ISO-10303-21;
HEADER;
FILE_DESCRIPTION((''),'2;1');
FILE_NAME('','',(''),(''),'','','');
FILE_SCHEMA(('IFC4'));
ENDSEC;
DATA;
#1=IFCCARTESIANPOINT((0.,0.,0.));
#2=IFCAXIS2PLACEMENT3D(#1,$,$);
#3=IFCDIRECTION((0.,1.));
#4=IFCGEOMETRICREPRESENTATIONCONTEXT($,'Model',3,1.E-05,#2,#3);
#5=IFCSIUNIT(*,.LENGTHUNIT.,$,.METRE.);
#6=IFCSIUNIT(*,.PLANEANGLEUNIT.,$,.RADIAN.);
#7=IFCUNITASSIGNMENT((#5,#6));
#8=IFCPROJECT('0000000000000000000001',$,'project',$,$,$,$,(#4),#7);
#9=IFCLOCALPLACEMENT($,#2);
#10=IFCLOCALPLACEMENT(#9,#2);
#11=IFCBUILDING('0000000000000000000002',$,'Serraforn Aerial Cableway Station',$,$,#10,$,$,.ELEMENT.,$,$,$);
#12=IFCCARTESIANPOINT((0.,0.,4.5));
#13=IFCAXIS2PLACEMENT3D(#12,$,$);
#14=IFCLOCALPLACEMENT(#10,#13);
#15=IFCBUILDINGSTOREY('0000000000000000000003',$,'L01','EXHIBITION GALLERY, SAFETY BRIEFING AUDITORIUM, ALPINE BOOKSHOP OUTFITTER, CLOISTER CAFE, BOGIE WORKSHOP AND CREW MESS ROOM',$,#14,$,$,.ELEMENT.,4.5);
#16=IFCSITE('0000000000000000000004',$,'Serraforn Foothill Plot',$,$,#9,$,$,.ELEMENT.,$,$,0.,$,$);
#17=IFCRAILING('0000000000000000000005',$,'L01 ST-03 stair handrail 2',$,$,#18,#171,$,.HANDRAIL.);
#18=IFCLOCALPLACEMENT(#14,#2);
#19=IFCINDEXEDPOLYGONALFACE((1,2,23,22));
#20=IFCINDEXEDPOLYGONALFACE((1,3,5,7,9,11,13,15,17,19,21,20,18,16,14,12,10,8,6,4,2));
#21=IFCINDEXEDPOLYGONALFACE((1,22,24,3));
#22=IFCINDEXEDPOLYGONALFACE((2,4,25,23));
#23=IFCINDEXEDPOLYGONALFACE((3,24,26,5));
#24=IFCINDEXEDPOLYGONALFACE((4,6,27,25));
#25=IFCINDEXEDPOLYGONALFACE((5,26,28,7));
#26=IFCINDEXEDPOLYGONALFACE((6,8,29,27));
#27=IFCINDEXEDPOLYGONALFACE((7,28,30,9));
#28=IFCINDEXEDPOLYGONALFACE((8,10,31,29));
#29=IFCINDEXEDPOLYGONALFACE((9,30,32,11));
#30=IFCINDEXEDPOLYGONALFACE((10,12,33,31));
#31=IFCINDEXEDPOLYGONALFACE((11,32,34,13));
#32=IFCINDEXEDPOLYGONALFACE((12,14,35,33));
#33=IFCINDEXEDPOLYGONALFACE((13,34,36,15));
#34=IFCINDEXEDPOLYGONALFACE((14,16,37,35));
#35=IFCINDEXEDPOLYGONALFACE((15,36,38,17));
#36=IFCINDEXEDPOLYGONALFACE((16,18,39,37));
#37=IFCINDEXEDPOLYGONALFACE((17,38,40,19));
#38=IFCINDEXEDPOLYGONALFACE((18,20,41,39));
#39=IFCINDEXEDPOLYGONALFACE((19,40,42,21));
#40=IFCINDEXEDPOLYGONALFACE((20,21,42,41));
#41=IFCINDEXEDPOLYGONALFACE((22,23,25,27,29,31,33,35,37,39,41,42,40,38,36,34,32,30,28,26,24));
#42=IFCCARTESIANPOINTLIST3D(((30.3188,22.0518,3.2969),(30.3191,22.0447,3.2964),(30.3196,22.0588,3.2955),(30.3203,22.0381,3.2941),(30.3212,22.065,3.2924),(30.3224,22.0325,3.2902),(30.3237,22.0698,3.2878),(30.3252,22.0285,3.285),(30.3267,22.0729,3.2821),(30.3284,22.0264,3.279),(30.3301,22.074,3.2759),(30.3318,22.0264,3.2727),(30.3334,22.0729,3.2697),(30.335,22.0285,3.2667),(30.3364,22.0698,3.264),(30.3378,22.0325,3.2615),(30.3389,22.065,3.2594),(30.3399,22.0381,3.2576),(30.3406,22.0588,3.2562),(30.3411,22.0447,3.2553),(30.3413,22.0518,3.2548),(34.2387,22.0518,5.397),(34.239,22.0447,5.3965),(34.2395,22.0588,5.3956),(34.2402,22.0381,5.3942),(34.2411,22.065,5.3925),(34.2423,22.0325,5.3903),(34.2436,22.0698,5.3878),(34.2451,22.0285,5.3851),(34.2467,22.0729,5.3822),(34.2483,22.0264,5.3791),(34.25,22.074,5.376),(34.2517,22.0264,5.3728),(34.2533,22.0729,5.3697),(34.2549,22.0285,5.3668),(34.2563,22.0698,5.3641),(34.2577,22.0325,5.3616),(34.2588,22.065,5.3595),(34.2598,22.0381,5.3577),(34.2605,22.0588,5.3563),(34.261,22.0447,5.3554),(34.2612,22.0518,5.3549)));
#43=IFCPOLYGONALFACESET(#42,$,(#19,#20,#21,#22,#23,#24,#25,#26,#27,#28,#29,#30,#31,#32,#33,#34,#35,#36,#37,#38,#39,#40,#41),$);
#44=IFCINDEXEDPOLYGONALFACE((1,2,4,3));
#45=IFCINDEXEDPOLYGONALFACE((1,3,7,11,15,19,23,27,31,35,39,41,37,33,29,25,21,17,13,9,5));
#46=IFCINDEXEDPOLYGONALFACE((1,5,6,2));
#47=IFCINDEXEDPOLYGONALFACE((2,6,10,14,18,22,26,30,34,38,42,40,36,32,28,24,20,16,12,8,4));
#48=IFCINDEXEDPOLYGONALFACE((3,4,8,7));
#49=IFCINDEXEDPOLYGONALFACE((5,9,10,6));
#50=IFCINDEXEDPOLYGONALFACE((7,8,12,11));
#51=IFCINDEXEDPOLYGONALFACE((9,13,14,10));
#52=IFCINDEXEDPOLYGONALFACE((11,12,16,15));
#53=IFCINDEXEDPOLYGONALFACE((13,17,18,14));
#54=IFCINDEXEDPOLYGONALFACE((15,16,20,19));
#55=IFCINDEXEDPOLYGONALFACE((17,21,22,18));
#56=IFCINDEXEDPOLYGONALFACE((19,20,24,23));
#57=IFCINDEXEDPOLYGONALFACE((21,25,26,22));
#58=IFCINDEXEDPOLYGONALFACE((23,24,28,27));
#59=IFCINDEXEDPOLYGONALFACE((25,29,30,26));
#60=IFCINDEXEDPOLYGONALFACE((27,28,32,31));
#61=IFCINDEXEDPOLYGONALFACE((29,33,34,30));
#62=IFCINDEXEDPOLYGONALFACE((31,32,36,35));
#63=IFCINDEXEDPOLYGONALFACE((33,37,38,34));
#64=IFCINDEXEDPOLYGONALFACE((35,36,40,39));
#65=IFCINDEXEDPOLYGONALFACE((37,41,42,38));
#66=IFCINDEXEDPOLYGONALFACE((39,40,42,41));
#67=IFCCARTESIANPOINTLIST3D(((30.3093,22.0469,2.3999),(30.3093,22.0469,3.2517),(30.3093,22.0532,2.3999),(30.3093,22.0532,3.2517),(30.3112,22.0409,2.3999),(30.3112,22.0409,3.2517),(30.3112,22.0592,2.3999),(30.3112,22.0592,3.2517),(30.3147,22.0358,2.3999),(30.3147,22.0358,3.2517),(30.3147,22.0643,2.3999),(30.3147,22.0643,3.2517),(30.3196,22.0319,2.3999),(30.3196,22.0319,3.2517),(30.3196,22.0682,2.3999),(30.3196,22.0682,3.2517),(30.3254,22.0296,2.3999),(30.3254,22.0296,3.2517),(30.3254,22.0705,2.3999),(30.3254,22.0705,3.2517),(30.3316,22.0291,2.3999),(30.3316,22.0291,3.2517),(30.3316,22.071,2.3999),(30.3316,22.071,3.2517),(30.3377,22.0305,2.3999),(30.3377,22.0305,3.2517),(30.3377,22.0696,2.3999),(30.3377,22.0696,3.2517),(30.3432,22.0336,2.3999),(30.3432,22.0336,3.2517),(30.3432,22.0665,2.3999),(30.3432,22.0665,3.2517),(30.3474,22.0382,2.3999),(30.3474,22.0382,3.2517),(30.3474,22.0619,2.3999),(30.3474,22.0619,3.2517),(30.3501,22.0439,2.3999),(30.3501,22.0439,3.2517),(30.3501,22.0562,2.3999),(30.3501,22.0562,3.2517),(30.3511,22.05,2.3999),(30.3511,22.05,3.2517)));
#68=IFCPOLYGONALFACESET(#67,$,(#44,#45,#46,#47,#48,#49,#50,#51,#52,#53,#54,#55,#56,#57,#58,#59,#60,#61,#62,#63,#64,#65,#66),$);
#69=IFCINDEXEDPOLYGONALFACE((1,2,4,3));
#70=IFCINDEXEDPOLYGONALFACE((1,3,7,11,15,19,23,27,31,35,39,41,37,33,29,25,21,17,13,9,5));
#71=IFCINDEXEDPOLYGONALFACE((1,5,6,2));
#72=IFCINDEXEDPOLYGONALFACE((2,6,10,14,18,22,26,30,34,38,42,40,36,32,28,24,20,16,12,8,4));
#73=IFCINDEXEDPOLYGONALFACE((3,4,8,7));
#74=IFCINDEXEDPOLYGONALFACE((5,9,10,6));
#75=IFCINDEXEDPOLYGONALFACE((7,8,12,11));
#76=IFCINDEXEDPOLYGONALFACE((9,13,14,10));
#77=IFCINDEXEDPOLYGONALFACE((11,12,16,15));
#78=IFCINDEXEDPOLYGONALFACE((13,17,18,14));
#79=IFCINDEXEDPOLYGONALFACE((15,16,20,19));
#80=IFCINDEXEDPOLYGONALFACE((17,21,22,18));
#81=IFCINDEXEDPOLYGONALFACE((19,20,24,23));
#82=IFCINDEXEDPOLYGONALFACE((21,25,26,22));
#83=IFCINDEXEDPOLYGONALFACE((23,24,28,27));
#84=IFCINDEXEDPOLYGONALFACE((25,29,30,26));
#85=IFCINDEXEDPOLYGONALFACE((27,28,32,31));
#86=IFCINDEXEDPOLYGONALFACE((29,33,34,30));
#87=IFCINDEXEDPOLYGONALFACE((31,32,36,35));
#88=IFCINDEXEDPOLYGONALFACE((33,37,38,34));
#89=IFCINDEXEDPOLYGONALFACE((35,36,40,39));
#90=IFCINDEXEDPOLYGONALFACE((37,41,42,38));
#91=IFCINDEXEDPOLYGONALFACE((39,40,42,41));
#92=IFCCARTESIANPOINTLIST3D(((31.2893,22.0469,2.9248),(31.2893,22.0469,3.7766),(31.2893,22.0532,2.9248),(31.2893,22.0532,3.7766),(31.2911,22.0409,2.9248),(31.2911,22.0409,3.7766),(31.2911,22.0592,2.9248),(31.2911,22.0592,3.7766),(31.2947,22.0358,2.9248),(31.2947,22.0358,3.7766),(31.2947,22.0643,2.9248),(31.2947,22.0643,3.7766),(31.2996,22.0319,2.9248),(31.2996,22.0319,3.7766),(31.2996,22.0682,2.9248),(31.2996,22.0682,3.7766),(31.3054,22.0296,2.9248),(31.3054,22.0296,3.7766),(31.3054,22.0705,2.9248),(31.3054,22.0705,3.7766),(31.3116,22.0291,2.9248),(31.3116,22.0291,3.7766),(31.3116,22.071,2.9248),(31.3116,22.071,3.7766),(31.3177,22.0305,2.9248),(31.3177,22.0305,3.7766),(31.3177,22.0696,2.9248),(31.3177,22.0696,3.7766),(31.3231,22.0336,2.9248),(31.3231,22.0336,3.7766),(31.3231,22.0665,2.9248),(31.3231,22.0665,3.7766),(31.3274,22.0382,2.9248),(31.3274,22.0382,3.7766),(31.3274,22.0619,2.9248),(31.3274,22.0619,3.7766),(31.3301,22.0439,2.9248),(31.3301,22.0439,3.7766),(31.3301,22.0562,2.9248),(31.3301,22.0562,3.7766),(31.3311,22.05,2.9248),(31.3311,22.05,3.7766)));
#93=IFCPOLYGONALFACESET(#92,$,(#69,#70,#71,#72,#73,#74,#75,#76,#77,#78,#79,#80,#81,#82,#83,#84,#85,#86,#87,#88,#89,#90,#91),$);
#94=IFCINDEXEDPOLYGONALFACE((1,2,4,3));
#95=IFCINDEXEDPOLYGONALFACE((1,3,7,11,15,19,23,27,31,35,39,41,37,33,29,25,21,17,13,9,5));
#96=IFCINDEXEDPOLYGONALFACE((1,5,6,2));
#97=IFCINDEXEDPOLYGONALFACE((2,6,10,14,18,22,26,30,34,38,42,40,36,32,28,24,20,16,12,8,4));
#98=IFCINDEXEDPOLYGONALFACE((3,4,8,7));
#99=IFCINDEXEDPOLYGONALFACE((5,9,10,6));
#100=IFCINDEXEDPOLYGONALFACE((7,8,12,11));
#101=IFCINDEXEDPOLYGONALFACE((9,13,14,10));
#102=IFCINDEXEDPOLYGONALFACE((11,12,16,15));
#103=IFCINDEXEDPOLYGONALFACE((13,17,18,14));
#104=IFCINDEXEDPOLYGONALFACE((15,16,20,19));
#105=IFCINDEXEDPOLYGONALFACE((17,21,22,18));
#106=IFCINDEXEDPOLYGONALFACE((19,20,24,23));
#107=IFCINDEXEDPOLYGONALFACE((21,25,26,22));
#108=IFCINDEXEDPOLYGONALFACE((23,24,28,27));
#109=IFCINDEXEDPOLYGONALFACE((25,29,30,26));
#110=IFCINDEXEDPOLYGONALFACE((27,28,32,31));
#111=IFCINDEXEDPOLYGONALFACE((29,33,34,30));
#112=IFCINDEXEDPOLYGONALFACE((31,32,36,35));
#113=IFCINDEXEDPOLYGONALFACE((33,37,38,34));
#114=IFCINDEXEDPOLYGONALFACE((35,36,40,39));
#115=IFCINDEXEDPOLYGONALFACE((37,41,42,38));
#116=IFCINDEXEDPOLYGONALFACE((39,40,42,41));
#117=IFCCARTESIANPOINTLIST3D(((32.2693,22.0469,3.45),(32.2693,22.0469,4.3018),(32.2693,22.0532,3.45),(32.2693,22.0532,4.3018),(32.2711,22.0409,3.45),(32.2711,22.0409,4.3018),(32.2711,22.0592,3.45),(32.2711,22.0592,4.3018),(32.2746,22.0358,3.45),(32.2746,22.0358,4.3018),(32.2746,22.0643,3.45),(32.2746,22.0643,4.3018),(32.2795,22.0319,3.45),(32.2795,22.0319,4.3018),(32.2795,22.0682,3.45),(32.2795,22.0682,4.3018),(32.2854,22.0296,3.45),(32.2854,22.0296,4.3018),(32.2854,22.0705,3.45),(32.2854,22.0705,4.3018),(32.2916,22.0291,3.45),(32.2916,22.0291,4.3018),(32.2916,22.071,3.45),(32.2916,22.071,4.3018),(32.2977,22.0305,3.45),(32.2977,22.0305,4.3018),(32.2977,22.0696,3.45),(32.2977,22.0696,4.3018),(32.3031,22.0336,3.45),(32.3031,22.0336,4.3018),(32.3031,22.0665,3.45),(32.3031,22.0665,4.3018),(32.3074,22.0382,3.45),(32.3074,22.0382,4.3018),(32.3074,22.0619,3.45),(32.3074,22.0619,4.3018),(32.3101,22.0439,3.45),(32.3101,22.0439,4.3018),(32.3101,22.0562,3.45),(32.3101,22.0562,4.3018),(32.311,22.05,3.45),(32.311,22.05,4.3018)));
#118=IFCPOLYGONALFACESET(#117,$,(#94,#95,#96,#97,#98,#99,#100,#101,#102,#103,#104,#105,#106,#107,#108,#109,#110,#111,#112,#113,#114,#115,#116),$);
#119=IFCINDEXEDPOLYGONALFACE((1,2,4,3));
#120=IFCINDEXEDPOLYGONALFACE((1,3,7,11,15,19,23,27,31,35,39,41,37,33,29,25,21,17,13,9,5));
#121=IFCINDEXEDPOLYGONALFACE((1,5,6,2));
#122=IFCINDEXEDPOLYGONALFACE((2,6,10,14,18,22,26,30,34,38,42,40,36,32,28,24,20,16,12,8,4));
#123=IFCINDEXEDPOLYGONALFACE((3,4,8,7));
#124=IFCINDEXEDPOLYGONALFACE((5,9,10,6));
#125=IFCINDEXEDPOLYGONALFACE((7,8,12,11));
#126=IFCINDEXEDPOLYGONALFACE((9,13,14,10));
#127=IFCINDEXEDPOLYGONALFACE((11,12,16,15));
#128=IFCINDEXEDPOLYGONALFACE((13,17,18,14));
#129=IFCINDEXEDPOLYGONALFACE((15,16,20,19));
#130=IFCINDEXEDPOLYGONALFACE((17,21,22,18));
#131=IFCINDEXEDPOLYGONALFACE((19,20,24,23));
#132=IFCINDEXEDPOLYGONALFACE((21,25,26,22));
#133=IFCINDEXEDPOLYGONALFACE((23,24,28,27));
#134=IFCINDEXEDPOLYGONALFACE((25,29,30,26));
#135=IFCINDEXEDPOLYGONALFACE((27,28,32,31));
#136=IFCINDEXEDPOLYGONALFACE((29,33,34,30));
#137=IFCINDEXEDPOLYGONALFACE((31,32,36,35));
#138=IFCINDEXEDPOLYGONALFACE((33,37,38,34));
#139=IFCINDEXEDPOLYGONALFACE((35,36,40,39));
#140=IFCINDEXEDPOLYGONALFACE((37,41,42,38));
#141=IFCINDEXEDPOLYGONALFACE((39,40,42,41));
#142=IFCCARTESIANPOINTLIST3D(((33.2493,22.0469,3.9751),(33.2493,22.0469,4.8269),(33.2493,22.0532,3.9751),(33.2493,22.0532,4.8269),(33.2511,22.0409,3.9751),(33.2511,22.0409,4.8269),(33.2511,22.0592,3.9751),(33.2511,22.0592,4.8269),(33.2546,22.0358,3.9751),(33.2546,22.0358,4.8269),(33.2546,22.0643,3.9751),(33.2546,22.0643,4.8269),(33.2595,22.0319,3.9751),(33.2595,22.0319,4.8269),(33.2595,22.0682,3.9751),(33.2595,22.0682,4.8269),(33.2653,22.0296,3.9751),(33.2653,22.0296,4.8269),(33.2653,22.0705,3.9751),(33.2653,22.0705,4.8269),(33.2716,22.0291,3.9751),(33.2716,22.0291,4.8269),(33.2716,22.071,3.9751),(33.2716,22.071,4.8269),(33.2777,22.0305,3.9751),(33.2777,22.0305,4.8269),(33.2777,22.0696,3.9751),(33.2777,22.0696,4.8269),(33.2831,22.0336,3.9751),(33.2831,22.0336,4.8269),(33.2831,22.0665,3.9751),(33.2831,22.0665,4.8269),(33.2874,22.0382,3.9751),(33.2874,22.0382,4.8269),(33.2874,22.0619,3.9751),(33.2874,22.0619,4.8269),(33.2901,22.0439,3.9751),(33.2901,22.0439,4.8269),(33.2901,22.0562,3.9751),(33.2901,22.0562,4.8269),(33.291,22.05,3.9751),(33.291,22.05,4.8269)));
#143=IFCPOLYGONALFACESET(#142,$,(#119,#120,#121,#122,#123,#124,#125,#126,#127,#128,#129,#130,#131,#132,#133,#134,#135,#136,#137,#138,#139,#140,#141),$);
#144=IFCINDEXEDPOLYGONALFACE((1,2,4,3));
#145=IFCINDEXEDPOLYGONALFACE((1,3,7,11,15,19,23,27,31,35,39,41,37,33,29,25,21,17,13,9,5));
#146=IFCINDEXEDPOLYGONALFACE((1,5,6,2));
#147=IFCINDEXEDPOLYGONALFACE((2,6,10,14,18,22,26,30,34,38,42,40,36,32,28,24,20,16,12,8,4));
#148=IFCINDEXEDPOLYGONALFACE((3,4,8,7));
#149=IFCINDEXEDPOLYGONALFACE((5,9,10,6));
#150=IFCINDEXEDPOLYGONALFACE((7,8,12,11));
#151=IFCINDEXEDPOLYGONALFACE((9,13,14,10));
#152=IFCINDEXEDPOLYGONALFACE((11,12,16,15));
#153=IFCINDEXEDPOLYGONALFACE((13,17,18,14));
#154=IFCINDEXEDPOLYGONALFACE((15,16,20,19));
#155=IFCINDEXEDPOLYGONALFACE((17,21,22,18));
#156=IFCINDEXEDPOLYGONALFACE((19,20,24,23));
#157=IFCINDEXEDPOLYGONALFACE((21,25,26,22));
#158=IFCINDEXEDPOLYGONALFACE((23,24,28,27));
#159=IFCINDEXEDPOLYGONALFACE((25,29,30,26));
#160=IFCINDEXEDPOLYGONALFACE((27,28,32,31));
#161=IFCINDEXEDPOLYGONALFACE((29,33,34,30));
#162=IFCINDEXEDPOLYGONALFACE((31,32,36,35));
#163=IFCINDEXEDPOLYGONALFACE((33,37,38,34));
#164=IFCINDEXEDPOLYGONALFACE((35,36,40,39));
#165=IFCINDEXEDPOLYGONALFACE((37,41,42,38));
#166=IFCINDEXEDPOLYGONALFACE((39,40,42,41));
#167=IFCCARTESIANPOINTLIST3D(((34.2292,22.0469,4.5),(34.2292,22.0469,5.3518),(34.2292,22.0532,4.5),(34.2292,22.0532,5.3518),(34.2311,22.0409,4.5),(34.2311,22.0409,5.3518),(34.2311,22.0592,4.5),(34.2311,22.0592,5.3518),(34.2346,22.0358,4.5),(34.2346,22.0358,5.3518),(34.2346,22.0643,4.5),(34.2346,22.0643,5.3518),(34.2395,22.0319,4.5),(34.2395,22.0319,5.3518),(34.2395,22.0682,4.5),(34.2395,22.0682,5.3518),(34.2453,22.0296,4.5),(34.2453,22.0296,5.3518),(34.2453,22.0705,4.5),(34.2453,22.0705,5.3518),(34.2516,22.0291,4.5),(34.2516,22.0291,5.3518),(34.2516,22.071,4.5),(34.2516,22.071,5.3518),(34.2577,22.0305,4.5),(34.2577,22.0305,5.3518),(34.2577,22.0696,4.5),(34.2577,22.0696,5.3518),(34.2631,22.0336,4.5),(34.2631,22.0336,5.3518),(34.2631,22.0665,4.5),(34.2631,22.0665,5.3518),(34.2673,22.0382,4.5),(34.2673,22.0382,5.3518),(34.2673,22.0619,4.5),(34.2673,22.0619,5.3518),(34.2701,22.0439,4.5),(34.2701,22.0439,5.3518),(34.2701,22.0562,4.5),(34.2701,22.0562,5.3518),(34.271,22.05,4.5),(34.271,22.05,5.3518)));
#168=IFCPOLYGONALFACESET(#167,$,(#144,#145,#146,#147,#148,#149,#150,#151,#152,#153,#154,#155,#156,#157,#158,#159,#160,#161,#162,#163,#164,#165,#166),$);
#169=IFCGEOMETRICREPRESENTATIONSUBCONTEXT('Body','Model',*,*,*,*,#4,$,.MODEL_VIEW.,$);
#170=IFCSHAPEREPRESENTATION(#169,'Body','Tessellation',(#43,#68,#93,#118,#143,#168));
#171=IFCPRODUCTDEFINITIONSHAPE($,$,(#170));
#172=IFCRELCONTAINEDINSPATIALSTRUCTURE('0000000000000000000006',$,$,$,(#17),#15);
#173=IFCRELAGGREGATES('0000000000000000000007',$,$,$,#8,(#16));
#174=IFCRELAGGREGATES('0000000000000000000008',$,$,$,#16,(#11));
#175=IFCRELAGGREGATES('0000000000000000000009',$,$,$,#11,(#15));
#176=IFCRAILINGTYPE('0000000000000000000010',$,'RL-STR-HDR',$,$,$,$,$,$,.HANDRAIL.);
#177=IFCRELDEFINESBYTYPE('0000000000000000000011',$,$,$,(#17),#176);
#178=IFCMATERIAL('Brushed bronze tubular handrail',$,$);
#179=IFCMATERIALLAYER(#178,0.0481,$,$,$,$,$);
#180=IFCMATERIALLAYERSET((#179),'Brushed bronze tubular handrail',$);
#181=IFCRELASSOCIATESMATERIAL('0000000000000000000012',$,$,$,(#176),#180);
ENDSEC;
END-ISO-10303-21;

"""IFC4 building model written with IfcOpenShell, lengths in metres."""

from ifc_helpers import new_model, si_unit, direction, frame, origin, origin_2d, place, context, subcontext, project, spatial, circle, extrude, material, layer, layer_set, type_object, element, save


model = new_model("IFC4")

# Units and contexts
model_context = context("Model", 3, precision=1e-05, world=origin(), true_north=direction((0.0, 1.0)))
body_context = subcontext(model_context, "Body", "Model", "MODEL_VIEW")
ifc_project = project(units=[si_unit("LENGTHUNIT", "METRE"), si_unit("PLANEANGLEUNIT", "RADIAN")], contexts=[model_context])

# Site, building, storey
site_placement = place(None, origin())
site = spatial("IfcSite", under=ifc_project, at=site_placement, Name="Serraforn Foothill Plot", CompositionType="ELEMENT", RefElevation=0.0)
building_placement = place(site_placement, origin())
building = spatial("IfcBuilding", under=site, at=building_placement, Name="Serraforn Aerial Cableway Station", CompositionType="ELEMENT")
storey_placement = place(building_placement, frame((0.0, 0.0, 4.5)))
storey = spatial("IfcBuildingStorey", under=building, at=storey_placement, Name="L01", Description="EXHIBITION GALLERY, SAFETY BRIEFING AUDITORIUM, ALPINE BOOKSHOP OUTFITTER, CLOISTER CAFE, BOGIE WORKSHOP AND CREW MESS ROOM", CompositionType="ELEMENT", Elevation=4.5)

# Railing
ifc_material_1 = material(Name="Brushed bronze tubular handrail")
ifc_layer_1 = layer(ifc_material_1, 0.0481)
ifc_layer_set_1 = layer_set([ifc_layer_1], Name="Brushed bronze tubular handrail")
railing_type_1 = type_object("IfcRailingType", Name="RL-STR-HDR", PredefinedType="HANDRAIL", material=ifc_layer_set_1)
railing_1_placement = place(storey_placement, frame((30.3301, 22.05, 2.3999)))
element("IfcRailing", 1, at=railing_1_placement, inside=storey, type_object=railing_type_1, Name="L01 ST-03 stair handrail 2", PredefinedType="HANDRAIL", context=body_context, shape_type="SweptSolid", body=[
    extrude(circle(Radius=0.0239, at=origin_2d()), frame((0.0, 0.0, 0.876), z_axis=(0.881467, 0.0, 0.472246), x_axis=(0.0, 1.0, 0.0)), (0.0, 0.0, 1.0), 4.447),
    extrude(circle(Radius=0.021, at=origin_2d()), origin(), (0.0, 0.0, 1.0), 0.8518),
    extrude(circle(Radius=0.021, at=origin_2d()), frame((0.98, 0.0, 0.5249)), (0.0, 0.0, 1.0), 0.8518),
    extrude(circle(Radius=0.021, at=origin_2d()), frame((1.96, 0.0, 1.05)), (0.0, 0.0, 1.0), 0.8518),
    extrude(circle(Radius=0.021, at=origin_2d()), frame((2.9399, 0.0, 1.5752)), (0.0, 0.0, 1.0), 0.8518),
    extrude(circle(Radius=0.021, at=origin_2d()), frame((3.9199, 0.0, 2.1001)), (0.0, 0.0, 1.0), 0.8518),
])

save(model, "model.ifc")
